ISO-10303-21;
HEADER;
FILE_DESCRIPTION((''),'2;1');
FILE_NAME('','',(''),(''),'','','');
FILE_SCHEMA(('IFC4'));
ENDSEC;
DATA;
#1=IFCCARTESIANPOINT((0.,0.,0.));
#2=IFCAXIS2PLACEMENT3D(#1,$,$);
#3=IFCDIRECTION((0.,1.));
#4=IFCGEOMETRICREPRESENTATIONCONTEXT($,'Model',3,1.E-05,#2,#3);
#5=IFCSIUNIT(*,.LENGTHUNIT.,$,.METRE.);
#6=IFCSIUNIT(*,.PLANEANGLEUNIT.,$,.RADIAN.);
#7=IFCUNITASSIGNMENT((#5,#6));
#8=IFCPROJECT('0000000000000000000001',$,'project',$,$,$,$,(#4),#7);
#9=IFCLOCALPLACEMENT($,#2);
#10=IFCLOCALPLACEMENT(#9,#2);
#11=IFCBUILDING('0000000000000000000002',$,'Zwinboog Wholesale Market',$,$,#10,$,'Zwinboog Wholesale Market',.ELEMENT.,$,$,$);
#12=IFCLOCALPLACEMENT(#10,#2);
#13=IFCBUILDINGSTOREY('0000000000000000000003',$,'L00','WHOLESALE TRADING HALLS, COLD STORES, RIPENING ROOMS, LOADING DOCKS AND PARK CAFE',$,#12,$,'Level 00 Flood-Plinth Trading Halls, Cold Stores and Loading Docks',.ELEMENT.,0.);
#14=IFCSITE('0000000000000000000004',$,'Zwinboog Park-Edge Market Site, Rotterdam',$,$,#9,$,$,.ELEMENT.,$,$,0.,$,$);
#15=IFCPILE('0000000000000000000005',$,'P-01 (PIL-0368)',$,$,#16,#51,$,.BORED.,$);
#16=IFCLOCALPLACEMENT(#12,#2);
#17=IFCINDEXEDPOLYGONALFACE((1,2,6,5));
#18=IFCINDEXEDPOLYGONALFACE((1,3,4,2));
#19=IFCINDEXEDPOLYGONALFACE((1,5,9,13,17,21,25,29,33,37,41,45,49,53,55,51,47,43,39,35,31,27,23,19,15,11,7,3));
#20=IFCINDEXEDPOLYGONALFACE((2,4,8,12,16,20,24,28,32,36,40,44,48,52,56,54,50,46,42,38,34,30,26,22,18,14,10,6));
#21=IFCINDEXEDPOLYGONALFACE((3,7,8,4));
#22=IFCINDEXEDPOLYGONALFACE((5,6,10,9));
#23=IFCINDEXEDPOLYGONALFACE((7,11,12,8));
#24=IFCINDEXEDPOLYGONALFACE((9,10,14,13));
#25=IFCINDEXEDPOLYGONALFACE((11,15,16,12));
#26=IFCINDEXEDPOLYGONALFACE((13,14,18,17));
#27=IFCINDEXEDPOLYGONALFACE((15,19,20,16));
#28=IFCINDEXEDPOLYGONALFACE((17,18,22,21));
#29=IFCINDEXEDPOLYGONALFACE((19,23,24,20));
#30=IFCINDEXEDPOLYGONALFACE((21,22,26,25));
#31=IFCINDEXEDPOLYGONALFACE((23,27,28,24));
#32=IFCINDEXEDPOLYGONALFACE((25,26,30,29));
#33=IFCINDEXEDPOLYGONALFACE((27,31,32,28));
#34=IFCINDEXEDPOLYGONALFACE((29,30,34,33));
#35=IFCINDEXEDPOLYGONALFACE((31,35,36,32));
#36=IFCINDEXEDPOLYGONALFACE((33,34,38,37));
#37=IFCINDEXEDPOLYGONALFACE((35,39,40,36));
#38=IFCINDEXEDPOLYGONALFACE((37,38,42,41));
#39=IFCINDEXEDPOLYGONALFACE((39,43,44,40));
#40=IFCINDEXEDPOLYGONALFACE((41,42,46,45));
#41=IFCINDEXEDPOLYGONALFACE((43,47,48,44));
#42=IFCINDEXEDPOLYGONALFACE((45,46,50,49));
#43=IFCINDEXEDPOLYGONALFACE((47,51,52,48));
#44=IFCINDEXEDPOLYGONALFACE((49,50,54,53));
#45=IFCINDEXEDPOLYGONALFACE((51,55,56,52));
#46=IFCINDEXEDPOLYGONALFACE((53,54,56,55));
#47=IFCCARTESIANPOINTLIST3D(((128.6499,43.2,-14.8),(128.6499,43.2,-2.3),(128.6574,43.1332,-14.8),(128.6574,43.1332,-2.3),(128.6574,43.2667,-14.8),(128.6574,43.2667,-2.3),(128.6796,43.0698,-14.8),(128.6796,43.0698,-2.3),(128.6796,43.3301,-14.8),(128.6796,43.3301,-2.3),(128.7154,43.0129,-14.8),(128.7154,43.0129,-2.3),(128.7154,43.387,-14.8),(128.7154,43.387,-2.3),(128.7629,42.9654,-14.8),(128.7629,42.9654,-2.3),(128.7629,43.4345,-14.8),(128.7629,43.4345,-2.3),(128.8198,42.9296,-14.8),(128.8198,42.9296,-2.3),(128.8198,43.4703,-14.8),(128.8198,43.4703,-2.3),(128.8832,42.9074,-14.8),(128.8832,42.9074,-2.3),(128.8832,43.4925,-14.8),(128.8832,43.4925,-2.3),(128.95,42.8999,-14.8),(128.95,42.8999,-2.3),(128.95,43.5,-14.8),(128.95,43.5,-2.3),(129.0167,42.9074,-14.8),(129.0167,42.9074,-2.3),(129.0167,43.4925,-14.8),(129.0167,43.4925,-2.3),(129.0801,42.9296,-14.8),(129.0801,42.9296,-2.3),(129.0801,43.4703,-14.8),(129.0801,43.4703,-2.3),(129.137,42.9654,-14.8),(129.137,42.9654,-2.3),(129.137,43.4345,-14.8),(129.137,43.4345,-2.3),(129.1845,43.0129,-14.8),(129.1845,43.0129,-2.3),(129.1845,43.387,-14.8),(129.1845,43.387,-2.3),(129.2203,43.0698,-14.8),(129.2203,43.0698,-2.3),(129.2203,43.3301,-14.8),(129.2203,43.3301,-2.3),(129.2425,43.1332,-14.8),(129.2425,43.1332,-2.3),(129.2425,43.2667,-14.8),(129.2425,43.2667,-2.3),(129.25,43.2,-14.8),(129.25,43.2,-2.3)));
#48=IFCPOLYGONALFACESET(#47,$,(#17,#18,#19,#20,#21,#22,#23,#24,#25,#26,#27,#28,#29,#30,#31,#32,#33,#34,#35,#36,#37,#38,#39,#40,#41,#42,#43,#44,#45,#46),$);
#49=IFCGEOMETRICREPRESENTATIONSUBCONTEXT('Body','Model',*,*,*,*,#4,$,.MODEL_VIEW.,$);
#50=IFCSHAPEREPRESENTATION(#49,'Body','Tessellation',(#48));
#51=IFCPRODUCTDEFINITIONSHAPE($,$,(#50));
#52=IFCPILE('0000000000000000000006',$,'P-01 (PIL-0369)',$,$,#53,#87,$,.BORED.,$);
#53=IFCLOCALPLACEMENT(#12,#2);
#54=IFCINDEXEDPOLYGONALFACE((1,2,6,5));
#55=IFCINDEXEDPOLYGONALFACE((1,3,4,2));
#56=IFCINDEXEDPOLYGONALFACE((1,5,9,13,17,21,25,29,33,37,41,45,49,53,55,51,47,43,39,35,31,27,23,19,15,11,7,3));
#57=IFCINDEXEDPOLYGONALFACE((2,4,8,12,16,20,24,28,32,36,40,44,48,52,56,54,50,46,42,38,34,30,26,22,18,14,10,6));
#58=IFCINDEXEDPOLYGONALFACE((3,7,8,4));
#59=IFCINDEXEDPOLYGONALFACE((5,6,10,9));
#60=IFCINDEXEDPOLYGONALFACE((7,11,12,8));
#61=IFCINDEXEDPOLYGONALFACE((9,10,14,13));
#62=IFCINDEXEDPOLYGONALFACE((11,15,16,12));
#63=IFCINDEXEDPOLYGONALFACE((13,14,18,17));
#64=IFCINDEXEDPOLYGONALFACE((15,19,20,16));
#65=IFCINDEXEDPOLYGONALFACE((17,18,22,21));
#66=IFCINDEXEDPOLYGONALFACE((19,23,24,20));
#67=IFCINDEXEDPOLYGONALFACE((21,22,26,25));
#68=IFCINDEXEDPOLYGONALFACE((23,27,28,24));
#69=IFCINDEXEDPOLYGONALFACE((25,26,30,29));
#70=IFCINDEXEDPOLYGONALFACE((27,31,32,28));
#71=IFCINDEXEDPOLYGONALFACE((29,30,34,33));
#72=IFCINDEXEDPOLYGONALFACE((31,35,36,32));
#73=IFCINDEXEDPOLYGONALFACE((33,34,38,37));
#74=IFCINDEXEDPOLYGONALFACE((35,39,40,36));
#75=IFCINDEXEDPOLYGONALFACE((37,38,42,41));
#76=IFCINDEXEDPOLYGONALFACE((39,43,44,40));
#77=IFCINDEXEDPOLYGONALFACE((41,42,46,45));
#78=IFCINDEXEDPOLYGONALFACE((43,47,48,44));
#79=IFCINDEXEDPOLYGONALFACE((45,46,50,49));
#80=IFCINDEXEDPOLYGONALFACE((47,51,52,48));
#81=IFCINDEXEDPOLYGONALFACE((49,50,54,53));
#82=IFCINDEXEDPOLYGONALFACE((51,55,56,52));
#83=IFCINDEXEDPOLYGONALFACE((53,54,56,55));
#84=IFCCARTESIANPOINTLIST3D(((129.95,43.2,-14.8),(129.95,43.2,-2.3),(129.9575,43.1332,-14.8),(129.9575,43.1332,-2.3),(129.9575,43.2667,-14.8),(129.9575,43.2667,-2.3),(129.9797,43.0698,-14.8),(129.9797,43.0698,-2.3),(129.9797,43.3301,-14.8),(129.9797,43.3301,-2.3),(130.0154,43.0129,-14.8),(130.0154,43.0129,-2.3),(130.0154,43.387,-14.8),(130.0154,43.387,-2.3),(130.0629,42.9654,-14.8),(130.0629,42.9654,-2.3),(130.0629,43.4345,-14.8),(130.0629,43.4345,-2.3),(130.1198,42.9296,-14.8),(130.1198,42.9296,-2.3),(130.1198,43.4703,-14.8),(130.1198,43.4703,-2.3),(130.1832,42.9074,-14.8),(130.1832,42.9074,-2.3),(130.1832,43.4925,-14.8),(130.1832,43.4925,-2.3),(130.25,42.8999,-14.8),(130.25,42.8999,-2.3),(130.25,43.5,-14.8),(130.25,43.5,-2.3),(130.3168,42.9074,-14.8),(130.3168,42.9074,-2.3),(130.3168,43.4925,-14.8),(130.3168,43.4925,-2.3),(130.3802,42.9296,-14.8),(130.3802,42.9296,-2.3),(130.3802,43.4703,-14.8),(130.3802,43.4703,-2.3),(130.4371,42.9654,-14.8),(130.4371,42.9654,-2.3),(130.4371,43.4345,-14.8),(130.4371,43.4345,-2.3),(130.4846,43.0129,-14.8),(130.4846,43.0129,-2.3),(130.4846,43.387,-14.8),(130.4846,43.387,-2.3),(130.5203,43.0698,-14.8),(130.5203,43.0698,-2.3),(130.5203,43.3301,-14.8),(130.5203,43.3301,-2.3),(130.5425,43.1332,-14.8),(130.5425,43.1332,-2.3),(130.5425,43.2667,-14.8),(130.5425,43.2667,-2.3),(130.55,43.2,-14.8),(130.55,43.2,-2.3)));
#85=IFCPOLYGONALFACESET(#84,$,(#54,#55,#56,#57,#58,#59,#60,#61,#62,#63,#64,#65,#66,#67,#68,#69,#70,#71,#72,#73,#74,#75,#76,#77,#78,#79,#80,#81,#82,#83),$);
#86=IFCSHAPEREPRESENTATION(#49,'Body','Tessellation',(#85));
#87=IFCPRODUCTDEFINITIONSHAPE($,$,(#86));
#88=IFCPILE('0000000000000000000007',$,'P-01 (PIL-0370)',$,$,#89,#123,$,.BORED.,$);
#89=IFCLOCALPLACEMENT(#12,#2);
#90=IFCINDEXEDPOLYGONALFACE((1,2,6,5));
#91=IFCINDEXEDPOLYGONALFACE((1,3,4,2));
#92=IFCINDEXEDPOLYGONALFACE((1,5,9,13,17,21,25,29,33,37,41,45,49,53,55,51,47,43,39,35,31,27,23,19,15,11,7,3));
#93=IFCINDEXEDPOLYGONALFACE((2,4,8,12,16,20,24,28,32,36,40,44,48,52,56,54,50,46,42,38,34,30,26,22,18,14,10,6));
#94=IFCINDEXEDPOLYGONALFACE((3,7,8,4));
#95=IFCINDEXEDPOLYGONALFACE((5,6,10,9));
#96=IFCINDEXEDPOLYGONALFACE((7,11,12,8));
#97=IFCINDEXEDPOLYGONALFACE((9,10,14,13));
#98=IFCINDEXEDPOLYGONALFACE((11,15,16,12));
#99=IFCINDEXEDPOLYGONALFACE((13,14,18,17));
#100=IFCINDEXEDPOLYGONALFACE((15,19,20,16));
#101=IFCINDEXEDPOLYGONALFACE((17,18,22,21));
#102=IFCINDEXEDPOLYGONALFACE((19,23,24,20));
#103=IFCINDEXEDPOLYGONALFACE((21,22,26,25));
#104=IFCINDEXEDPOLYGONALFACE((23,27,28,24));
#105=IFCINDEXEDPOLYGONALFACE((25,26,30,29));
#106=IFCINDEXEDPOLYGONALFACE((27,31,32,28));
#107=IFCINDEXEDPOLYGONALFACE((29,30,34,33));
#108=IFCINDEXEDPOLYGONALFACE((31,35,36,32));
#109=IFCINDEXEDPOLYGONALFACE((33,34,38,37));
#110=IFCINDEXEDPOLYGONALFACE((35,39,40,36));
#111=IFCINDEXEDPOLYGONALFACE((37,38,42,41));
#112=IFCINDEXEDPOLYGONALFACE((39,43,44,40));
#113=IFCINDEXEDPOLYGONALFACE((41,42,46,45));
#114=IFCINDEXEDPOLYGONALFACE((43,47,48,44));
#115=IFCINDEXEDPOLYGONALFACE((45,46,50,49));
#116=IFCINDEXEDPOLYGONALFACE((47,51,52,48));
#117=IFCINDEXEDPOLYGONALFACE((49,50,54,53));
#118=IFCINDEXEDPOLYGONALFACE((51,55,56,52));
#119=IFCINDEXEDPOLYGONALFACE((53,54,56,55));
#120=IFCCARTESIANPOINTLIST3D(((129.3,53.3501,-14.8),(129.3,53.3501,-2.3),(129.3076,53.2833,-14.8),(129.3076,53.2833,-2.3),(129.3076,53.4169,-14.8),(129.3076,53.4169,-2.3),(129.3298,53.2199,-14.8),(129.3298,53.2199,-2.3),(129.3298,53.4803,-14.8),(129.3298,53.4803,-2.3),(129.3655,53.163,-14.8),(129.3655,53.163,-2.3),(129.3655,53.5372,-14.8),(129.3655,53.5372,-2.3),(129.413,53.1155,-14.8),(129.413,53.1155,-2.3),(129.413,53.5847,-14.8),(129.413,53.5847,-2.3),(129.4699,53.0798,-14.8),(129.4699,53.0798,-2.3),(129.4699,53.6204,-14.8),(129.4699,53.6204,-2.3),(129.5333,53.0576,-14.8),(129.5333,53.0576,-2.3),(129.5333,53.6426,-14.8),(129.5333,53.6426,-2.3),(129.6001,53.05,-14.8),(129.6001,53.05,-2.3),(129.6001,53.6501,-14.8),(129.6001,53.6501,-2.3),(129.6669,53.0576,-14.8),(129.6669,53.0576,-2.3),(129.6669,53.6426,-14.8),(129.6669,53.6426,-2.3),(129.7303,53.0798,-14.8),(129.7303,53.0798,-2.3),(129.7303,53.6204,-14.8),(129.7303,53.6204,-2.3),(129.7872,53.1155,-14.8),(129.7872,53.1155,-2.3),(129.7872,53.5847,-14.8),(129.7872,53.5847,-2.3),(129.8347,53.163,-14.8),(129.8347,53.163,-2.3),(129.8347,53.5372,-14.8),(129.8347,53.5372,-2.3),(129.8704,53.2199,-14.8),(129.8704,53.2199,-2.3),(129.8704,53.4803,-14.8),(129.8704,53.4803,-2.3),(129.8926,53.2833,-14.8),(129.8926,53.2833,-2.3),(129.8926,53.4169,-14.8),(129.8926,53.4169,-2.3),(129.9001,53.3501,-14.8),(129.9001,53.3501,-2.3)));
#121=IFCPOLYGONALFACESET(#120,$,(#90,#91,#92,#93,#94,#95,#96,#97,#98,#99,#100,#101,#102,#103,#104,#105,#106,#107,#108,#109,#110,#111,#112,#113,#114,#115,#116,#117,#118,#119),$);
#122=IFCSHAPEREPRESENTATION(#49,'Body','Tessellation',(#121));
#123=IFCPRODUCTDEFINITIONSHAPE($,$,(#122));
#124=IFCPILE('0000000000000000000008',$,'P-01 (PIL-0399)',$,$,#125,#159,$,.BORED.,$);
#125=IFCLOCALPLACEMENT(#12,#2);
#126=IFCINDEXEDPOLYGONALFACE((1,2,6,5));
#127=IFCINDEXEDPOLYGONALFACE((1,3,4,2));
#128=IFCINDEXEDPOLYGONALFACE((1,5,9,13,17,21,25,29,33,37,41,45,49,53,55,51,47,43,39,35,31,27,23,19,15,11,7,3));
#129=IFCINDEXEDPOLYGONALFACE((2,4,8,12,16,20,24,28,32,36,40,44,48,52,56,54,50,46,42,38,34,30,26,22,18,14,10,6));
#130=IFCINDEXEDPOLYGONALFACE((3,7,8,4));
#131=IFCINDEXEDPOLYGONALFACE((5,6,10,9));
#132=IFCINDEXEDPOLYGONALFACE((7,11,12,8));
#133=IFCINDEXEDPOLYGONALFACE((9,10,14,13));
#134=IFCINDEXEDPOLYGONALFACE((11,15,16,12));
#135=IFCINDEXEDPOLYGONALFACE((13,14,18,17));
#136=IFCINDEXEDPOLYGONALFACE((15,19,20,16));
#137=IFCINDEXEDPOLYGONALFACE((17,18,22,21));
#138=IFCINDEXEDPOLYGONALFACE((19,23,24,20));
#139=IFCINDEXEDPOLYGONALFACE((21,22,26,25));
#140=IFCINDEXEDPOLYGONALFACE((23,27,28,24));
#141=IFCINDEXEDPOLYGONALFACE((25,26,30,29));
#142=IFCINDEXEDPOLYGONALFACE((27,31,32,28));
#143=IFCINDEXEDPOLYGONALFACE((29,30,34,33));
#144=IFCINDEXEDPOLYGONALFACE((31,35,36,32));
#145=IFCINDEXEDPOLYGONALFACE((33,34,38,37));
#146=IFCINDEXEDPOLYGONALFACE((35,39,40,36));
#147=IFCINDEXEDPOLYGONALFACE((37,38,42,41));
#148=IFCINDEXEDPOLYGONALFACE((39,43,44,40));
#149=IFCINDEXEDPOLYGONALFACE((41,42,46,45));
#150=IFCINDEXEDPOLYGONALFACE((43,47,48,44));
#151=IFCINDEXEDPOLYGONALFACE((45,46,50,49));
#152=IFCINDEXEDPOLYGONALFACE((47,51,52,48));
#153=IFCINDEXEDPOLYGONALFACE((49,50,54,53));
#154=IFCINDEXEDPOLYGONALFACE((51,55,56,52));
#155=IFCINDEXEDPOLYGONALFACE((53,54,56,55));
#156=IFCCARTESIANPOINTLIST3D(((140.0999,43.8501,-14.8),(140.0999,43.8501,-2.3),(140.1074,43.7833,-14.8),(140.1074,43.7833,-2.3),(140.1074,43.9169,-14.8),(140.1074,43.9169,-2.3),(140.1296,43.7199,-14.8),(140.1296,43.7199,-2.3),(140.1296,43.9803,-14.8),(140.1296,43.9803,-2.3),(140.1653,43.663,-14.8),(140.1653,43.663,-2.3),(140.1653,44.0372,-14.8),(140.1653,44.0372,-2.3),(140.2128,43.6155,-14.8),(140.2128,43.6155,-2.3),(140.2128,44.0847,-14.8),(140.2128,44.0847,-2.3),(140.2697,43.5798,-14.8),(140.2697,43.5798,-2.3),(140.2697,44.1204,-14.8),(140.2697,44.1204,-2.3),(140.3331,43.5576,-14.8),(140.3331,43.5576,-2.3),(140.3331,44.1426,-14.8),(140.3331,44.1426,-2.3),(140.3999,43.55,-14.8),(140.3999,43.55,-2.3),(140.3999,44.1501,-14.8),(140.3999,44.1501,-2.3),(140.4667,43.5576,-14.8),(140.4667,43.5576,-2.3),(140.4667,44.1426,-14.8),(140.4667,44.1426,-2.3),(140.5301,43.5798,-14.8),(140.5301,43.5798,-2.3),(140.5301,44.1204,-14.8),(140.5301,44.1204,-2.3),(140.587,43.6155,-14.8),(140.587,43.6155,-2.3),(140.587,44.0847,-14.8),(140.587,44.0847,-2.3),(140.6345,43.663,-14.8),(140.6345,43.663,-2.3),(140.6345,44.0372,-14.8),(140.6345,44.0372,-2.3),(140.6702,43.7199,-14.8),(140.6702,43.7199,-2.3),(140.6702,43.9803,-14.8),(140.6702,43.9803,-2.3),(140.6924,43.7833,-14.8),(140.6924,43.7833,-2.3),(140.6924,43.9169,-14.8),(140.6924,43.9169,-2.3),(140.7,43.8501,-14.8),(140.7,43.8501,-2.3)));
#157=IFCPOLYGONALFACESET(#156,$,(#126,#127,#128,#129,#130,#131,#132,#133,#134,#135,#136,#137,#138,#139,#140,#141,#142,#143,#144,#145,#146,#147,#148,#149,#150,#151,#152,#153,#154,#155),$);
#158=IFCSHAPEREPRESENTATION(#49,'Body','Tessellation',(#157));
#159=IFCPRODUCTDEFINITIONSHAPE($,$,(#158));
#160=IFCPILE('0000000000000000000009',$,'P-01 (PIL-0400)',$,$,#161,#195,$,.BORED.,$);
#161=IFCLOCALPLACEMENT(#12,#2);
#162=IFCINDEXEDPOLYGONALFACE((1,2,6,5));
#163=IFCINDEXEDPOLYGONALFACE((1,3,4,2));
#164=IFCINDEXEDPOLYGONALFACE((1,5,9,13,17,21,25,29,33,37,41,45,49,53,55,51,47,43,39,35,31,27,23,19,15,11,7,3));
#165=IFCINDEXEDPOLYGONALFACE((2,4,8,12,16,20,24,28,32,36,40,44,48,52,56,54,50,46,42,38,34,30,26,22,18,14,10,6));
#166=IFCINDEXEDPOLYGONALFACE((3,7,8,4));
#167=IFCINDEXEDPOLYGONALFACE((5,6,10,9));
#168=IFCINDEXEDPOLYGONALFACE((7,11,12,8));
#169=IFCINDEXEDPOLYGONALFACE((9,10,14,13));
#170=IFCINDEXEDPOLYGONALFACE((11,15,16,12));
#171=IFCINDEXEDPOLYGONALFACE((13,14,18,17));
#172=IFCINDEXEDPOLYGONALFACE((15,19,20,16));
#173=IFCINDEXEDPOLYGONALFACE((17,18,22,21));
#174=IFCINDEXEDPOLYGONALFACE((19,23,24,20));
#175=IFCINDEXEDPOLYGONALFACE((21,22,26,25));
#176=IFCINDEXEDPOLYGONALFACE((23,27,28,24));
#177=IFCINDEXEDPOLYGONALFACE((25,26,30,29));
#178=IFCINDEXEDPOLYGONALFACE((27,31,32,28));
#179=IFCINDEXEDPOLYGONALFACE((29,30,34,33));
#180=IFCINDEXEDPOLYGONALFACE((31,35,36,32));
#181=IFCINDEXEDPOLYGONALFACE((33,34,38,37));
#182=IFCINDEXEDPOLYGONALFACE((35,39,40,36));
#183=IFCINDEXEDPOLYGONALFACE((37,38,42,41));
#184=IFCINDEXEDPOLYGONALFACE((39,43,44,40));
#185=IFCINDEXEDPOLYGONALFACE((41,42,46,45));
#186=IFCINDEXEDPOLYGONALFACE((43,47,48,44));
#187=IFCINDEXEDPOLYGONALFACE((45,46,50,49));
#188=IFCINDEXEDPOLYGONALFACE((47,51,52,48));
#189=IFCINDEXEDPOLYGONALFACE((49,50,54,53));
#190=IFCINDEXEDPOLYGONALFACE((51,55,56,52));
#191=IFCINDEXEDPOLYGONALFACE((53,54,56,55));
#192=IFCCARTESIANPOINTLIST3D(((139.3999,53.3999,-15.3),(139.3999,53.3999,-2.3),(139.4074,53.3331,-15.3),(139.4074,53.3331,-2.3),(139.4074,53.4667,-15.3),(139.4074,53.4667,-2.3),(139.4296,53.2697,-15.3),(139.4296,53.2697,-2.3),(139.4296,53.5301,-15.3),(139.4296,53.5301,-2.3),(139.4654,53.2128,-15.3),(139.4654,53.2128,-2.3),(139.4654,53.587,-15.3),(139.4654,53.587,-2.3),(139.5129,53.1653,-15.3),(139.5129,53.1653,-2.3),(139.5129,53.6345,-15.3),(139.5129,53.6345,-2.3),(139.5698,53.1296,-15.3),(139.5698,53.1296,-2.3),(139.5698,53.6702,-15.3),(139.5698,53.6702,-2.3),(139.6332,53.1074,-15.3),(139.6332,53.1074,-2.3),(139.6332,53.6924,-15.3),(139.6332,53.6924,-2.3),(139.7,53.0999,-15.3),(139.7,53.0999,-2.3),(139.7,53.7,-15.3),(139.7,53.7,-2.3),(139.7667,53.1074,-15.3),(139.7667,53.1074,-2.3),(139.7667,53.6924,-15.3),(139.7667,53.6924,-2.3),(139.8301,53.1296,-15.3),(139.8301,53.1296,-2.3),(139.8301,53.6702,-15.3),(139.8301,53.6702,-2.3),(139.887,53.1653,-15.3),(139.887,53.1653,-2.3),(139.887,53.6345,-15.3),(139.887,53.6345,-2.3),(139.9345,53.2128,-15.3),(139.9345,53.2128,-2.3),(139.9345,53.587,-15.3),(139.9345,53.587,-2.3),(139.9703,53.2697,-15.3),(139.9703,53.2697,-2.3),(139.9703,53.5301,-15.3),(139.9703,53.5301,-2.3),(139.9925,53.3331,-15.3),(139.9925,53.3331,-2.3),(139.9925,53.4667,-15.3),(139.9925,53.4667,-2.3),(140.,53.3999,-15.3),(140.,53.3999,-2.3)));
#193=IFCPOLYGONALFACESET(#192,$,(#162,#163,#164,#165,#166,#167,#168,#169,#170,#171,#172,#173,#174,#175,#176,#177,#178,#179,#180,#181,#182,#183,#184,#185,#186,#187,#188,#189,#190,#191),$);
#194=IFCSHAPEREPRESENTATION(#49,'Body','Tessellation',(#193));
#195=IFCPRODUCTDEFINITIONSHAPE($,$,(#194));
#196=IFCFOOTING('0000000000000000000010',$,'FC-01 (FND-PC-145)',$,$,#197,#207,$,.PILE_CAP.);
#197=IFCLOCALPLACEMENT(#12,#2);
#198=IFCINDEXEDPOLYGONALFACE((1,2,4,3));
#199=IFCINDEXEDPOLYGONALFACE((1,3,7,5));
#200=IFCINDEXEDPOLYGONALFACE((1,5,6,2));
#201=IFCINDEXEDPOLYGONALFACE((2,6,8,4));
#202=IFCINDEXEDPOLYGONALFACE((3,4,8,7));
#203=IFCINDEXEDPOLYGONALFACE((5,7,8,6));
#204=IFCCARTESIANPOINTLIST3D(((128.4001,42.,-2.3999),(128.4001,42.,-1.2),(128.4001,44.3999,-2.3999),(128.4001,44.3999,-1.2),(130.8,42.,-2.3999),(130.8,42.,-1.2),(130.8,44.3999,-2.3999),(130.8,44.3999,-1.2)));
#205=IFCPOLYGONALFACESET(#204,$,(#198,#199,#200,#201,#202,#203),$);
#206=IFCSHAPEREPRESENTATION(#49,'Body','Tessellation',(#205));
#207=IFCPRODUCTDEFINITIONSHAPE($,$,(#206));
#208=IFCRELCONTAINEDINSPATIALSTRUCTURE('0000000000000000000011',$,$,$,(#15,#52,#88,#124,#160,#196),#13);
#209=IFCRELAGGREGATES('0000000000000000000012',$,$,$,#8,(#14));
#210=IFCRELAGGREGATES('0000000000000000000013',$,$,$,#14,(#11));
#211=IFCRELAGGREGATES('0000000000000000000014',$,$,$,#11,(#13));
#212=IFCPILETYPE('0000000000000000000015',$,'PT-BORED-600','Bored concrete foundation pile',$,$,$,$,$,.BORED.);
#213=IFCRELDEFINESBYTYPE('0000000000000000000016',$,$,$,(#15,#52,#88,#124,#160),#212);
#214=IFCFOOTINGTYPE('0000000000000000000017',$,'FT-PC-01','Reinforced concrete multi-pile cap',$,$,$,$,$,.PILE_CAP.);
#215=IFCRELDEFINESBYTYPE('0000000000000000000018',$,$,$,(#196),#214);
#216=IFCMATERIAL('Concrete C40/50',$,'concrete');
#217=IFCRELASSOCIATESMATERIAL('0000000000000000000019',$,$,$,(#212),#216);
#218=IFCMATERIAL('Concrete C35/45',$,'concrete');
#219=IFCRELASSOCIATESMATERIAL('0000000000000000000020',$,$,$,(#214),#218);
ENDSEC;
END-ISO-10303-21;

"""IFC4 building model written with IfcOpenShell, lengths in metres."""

from ifc_helpers import new_model, si_unit, direction, frame, origin, origin_2d, place, context, subcontext, project, spatial, rectangle, circle, extrude, material, material_profile, profile_set, type_object, element, save


model = new_model("IFC4")

# Units and contexts
model_context = context("Model", 3, precision=1e-05, world=origin(), true_north=direction((0.0, 1.0)))
body_context = subcontext(model_context, "Body", "Model", "MODEL_VIEW")
ifc_project = project(units=[si_unit("LENGTHUNIT", "METRE"), si_unit("PLANEANGLEUNIT", "RADIAN")], contexts=[model_context])

# Site, building, storey
site_placement = place(None, origin())
site = spatial("IfcSite", under=ifc_project, at=site_placement, Name="Zwinboog Park-Edge Market Site, Rotterdam", CompositionType="ELEMENT", RefElevation=0.0)
building_placement = place(site_placement, origin())
building = spatial("IfcBuilding", under=site, at=building_placement, Name="Zwinboog Wholesale Market", LongName="Zwinboog Wholesale Market", CompositionType="ELEMENT")
storey_placement = place(building_placement, origin())
storey = spatial("IfcBuildingStorey", under=building, at=storey_placement, Name="L00", Description="WHOLESALE TRADING HALLS, COLD STORES, RIPENING ROOMS, LOADING DOCKS AND PARK CAFE", LongName="Level 00 Flood-Plinth Trading Halls, Cold Stores and Loading Docks", CompositionType="ELEMENT", Elevation=0.0)

# Piles
ifc_material_1 = material(Name="Concrete C40/50", Category="concrete")
ifc_material_profile_1 = material_profile(ifc_material_1, circle(Radius=0.3, at=origin_2d()), Name="PILE D600")
ifc_profile_set_1 = profile_set([ifc_material_profile_1], Name="Concrete C40/50")
pile_type = type_object("IfcPileType", Name="PT-BORED-600", Description="Bored concrete foundation pile", PredefinedType="BORED", material=ifc_profile_set_1)
for number, where, z_axis, x_axis, name in (
    (1, (128.95, 43.2, -2.3), (0.0, 0.0, -1.0), (1.0, 0.0, 0.0), "P-01 (PIL-0368)"),
    (2, (130.25, 43.2, -2.3), (0.0, 0.0, -1.0), (1.0, 0.0, 0.0), "P-01 (PIL-0369)"),
    (3, (129.6001, 53.3501, -2.3), (0.0, 0.0, -1.0), (1.0, 0.0, 0.0), "P-01 (PIL-0370)"),
    (4, (140.3999, 43.8501, -2.3), (0.0, 0.0, -1.0), (1.0, 0.0, 0.0), "P-01 (PIL-0399)"),
):
    element("IfcPile", number, at=place(storey_placement, frame(where, z_axis=z_axis, x_axis=x_axis)), inside=storey, type_object=pile_type, Name=name, PredefinedType="BORED", context=body_context, shape_type="SweptSolid", body=[
        extrude(circle(Radius=0.3, at=origin_2d()), origin(), (0.0, 0.0, 1.0), 12.5),
    ])
pile_placement = place(storey_placement, frame((139.7, 53.3999, -2.3), z_axis=(0.0, 0.0, -1.0), x_axis=(1.0, 0.0, 0.0)))
element("IfcPile", 5, at=pile_placement, inside=storey, type_object=pile_type, Name="P-01 (PIL-0400)", PredefinedType="BORED", context=body_context, shape_type="SweptSolid", body=[
    extrude(circle(Radius=0.3, at=origin_2d()), origin(), (0.0, 0.0, 1.0), 13.0),
])

# Footing
ifc_material_2 = material(Name="Concrete C35/45", Category="concrete")
footing_type_1 = type_object("IfcFootingType", Name="FT-PC-01", Description="Reinforced concrete multi-pile cap", PredefinedType="PILE_CAP", material=ifc_material_2)
footing_placement = place(storey_placement, frame((129.6001, 43.2, -2.3999), z_axis=(0.0, 0.0, 1.0), x_axis=(1.0, 0.0, 0.0)))
element("IfcFooting", 6, at=footing_placement, inside=storey, type_object=footing_type_1, Name="FC-01 (FND-PC-145)", PredefinedType="PILE_CAP", context=body_context, shape_type="SweptSolid", body=[
    extrude(rectangle(XDim=2.3999, YDim=2.3999, at=origin_2d()), origin(), (0.0, 0.0, 1.0), 1.2),
])

save(model, "model.ifc")
